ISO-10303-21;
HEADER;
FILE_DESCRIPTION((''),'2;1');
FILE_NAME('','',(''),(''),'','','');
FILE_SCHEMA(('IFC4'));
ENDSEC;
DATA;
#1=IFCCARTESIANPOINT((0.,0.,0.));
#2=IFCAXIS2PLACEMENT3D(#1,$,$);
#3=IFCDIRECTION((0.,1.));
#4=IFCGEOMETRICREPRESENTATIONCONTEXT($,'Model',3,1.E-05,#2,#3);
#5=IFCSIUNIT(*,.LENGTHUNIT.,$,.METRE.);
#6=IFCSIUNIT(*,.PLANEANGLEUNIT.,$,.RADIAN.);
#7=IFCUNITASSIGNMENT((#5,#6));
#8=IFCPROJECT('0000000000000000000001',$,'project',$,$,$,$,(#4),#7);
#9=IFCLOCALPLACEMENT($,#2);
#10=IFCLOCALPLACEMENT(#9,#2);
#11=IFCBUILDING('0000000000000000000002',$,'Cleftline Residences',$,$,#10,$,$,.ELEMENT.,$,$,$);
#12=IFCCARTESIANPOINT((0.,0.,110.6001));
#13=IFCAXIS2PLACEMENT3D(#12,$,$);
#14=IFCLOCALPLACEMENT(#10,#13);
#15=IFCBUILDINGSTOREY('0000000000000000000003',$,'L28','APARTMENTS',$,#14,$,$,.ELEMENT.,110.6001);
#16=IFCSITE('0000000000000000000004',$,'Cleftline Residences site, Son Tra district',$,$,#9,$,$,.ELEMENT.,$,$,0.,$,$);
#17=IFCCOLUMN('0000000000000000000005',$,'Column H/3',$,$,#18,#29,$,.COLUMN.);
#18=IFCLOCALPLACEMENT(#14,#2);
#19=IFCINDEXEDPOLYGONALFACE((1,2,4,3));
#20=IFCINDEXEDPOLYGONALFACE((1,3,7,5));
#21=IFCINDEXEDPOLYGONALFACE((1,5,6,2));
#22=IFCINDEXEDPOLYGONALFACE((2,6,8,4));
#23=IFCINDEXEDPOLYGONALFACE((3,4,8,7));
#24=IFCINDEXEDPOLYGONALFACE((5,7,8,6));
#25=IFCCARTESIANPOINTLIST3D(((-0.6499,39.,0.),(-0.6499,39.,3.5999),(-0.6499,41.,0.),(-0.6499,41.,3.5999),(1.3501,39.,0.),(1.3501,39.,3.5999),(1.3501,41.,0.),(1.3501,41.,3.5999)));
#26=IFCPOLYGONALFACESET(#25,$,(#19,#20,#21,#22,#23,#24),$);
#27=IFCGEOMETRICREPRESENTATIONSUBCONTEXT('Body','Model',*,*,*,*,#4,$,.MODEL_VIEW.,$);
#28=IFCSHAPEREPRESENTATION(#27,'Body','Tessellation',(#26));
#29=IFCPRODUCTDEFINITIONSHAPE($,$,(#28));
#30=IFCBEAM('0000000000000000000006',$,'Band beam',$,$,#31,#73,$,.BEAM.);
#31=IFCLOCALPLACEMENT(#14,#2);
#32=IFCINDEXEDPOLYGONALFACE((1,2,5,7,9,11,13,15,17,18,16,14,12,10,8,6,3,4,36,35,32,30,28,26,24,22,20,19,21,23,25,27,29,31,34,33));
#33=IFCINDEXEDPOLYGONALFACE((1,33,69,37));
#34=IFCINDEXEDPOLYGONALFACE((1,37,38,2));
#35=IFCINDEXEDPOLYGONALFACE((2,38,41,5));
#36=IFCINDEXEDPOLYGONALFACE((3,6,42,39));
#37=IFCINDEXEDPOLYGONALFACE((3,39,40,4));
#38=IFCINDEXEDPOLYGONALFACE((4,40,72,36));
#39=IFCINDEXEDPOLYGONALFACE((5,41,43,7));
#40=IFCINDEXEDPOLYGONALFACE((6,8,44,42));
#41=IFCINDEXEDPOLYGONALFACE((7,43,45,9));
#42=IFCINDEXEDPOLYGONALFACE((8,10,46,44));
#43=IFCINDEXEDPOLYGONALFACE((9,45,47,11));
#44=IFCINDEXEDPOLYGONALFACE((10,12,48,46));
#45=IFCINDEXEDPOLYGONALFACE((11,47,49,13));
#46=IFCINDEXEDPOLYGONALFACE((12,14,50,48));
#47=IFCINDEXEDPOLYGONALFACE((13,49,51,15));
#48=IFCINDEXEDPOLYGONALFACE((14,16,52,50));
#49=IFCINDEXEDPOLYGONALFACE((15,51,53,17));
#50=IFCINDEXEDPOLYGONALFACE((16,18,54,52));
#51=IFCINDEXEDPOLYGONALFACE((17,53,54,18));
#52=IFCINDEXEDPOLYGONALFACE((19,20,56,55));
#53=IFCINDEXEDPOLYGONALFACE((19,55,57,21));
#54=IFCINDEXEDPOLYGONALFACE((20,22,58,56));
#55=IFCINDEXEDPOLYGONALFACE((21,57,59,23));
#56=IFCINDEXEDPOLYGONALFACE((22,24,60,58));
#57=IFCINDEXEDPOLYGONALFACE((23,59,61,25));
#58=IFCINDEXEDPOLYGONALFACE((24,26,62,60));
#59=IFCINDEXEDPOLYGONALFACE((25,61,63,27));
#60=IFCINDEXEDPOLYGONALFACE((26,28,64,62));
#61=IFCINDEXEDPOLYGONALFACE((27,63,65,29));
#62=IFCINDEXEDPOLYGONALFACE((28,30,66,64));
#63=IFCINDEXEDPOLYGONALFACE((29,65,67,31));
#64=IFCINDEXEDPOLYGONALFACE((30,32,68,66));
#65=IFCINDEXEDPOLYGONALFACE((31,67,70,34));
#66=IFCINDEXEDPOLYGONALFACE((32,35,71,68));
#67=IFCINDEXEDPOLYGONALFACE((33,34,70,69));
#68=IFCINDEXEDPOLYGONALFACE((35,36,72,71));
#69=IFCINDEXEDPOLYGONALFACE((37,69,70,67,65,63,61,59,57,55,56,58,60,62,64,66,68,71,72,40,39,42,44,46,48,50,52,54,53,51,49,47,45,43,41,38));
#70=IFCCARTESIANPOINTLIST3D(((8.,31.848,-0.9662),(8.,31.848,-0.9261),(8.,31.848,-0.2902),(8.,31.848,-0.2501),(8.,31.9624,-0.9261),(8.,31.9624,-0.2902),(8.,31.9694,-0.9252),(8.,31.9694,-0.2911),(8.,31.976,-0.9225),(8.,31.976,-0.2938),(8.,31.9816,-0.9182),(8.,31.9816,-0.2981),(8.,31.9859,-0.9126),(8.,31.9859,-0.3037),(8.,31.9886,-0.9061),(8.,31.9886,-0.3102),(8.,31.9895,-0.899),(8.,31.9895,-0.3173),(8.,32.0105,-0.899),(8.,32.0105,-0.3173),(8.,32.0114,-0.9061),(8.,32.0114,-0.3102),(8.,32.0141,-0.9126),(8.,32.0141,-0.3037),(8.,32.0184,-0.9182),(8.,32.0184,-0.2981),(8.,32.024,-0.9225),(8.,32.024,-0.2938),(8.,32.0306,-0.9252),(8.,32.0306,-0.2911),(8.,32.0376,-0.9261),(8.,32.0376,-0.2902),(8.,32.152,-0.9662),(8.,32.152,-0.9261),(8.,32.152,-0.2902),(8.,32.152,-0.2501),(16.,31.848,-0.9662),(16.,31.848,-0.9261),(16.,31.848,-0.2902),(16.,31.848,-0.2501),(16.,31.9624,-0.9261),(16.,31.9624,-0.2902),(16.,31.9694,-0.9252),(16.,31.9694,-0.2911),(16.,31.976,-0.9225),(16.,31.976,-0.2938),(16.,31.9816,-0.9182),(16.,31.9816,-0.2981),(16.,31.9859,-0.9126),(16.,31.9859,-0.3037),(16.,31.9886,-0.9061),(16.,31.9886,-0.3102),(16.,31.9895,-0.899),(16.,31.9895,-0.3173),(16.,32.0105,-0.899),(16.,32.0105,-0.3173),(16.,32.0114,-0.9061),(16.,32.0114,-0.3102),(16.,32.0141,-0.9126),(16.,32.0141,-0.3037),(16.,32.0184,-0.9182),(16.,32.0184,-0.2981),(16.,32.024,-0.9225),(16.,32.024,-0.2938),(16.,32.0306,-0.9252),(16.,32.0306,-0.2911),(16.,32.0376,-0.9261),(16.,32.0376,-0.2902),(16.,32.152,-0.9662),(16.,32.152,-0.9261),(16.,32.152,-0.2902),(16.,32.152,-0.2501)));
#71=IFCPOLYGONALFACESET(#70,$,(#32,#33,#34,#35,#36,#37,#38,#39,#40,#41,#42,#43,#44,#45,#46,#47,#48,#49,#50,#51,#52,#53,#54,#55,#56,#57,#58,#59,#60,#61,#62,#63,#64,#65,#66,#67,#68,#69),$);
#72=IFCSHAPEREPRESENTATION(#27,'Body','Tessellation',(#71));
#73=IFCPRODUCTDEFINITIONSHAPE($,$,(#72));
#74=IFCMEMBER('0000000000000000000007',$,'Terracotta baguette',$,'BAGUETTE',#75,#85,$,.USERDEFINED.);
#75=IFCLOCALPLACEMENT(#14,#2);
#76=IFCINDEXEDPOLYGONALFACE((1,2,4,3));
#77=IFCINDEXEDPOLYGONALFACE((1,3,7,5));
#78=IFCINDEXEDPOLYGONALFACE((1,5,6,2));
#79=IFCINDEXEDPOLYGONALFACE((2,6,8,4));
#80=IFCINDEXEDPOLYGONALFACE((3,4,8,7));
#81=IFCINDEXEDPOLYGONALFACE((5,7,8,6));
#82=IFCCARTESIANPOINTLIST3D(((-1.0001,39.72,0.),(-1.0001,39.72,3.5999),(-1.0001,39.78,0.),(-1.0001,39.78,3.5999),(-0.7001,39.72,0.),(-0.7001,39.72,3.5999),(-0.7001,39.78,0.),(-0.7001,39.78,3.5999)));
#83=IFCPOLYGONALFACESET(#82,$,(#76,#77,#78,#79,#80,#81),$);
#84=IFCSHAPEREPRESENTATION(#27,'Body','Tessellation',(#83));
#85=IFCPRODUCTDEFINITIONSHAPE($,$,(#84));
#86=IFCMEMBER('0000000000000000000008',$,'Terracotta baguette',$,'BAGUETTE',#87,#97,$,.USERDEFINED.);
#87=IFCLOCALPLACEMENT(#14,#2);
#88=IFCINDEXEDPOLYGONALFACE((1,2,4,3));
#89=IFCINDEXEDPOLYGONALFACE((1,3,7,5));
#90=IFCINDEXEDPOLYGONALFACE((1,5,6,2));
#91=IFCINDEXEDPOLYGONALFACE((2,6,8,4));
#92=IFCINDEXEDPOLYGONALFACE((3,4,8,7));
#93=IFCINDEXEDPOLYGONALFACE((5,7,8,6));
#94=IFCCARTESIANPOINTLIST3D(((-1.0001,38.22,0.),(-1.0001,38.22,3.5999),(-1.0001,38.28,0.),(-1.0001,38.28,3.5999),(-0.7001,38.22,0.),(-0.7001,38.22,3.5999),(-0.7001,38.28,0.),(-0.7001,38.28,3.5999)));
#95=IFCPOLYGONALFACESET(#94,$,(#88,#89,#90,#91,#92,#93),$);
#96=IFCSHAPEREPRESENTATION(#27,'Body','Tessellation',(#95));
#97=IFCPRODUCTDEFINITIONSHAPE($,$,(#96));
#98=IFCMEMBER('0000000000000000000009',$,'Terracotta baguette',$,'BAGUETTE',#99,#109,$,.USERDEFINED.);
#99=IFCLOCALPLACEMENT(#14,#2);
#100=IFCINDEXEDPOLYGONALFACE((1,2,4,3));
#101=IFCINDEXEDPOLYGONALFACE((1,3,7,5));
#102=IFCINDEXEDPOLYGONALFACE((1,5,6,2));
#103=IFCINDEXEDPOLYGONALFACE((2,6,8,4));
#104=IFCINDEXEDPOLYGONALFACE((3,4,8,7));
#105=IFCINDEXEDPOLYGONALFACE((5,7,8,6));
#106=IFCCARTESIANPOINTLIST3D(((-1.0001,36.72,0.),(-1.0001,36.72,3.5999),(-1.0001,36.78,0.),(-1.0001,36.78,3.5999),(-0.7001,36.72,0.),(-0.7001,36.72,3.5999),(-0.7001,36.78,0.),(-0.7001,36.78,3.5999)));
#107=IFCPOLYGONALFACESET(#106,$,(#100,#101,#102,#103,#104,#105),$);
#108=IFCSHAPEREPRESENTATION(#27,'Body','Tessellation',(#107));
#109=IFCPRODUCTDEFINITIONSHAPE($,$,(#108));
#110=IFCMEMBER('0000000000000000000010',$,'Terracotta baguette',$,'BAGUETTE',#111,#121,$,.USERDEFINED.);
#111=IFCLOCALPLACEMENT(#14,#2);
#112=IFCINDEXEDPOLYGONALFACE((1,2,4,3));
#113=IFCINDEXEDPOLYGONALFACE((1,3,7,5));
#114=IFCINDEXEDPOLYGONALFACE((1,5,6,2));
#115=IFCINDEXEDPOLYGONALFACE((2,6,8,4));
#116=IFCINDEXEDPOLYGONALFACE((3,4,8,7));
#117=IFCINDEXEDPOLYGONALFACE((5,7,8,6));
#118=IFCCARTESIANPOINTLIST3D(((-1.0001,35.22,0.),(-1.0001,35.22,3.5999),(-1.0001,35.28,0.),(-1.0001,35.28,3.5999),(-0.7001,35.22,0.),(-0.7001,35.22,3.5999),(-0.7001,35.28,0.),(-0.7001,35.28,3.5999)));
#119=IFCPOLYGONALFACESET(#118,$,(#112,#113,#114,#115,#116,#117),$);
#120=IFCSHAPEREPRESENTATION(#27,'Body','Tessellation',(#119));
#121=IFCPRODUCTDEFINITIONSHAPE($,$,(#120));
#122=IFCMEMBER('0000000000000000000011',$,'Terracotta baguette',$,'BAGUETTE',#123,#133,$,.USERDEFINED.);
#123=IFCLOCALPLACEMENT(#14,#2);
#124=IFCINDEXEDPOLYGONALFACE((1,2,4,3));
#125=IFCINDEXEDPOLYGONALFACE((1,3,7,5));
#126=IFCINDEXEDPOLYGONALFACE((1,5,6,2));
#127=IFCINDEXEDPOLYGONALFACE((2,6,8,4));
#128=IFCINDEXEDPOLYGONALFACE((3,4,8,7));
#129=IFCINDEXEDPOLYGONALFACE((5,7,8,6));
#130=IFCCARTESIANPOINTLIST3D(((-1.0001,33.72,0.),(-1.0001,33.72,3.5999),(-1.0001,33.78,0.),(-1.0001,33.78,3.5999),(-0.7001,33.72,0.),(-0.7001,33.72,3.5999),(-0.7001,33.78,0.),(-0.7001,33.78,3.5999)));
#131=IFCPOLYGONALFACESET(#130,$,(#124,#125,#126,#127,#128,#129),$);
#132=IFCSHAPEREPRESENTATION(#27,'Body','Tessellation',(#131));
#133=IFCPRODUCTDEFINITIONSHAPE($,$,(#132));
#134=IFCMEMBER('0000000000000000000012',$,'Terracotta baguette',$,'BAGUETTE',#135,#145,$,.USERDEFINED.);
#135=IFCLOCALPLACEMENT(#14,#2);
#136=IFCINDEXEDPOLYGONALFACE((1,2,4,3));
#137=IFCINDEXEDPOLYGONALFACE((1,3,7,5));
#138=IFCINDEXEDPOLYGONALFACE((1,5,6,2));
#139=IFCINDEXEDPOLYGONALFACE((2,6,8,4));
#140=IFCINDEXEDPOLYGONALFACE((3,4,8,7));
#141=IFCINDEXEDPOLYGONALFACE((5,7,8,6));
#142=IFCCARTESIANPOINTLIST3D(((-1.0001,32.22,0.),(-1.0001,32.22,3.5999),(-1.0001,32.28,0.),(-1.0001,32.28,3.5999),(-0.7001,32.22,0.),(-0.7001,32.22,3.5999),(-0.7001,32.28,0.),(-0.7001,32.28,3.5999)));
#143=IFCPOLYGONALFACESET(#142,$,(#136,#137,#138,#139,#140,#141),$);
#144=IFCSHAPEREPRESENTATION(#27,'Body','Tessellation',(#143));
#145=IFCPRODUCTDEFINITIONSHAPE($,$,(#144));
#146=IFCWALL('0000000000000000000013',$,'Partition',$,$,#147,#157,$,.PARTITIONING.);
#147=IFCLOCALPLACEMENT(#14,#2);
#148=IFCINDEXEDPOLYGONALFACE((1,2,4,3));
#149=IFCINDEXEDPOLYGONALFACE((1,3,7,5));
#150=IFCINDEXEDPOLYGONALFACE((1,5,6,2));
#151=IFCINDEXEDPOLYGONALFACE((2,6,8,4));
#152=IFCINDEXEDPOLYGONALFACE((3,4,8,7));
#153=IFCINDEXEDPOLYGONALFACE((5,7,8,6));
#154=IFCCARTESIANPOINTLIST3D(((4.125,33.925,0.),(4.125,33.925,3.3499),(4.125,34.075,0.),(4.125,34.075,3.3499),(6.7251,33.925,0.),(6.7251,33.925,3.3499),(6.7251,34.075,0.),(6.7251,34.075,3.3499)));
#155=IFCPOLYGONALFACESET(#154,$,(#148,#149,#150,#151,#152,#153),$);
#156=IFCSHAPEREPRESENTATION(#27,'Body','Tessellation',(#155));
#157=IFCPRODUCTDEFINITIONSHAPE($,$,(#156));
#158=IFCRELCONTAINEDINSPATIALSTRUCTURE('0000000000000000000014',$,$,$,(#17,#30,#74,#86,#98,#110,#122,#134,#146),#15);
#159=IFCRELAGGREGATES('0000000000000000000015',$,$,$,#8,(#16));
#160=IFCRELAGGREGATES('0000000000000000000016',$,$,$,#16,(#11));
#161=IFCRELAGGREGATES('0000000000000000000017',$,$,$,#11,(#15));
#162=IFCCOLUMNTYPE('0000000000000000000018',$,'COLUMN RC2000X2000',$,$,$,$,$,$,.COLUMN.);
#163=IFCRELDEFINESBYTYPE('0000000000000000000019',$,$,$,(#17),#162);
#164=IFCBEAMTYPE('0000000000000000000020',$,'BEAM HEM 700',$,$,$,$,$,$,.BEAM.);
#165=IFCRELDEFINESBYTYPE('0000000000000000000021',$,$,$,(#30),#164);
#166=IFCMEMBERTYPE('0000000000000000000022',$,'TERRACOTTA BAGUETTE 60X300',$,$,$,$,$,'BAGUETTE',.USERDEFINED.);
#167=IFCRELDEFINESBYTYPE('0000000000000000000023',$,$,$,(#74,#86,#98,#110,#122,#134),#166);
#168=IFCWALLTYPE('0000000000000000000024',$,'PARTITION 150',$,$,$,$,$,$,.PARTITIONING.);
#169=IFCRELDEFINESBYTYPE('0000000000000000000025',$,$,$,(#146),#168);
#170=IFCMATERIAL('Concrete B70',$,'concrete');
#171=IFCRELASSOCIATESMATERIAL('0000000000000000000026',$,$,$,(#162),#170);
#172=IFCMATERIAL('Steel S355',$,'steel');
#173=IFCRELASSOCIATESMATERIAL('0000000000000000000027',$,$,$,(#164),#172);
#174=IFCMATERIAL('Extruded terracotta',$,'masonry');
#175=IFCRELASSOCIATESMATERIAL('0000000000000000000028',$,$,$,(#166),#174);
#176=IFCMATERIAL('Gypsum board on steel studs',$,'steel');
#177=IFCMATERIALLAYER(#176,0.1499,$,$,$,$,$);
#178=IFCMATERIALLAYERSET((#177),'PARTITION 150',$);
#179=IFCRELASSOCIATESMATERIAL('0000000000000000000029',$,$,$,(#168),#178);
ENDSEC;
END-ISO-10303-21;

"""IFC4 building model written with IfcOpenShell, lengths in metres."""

from ifc_helpers import new_model, si_unit, direction, frame, frame_2d, origin, origin_2d, place, context, subcontext, project, spatial, rectangle, i_section, extrude, material, layer, layer_set, material_profile, profile_set, type_object, element, save


model = new_model("IFC4")

# Units and contexts
model_context = context("Model", 3, precision=1e-05, world=origin(), true_north=direction((0.0, 1.0)))
body_context = subcontext(model_context, "Body", "Model", "MODEL_VIEW")
ifc_project = project(units=[si_unit("LENGTHUNIT", "METRE"), si_unit("PLANEANGLEUNIT", "RADIAN")], contexts=[model_context])

# Site, building, storey
site_placement = place(None, origin())
site = spatial("IfcSite", under=ifc_project, at=site_placement, Name="Cleftline Residences site, Son Tra district", CompositionType="ELEMENT", RefElevation=0.0)
building_placement = place(site_placement, origin())
building = spatial("IfcBuilding", under=site, at=building_placement, Name="Cleftline Residences", CompositionType="ELEMENT")
storey_placement = place(building_placement, frame((0.0, 0.0, 110.6001)))
storey = spatial("IfcBuildingStorey", under=building, at=storey_placement, Name="L28", Description="APARTMENTS", CompositionType="ELEMENT", Elevation=110.6001)

# Column
ifc_material_1 = material(Name="Concrete B70", Category="concrete")
ifc_material_profile_1 = material_profile(ifc_material_1, rectangle(XDim=2.0, YDim=2.0, at=origin_2d()))
ifc_profile_set_1 = profile_set([ifc_material_profile_1], Name="Concrete B70")
column_type = type_object("IfcColumnType", Name="COLUMN RC2000X2000", PredefinedType="COLUMN", material=ifc_profile_set_1)
column_placement = place(storey_placement, frame((0.3501, 40.0, 0.0), z_axis=(0.0, 0.0, 1.0), x_axis=(1.0, 0.0, 0.0)))
element("IfcColumn", 1, at=column_placement, inside=storey, type_object=column_type, Name="Column H/3", PredefinedType="COLUMN", context=body_context, shape_type="SweptSolid", body=[
    extrude(rectangle(XDim=2.0, YDim=2.0, at=origin_2d()), origin(), (0.0, 0.0, 1.0), 3.5999),
])

# Beam
ifc_material_2 = material(Name="Steel S355", Category="steel")
ifc_material_profile_2 = material_profile(ifc_material_2, i_section(OverallWidth=0.304, OverallDepth=0.7161, WebThickness=0.021, FlangeThickness=0.04, FilletRadius=0.0271, at=origin_2d()))
ifc_profile_set_2 = profile_set([ifc_material_profile_2], Name="Steel S355")
beam_type = type_object("IfcBeamType", Name="BEAM HEM 700", PredefinedType="BEAM", material=ifc_profile_set_2)
beam_placement = place(storey_placement, frame((8.0, 32.0, -0.6082), z_axis=(1.0, 0.0, 0.0), x_axis=(0.0, 1.0, 0.0)))
element("IfcBeam", 2, at=beam_placement, inside=storey, type_object=beam_type, Name="Band beam", PredefinedType="BEAM", context=body_context, shape_type="SweptSolid", body=[
    extrude(i_section(OverallWidth=0.304, OverallDepth=0.7161, WebThickness=0.021, FlangeThickness=0.04, FilletRadius=0.0271, at=origin_2d()), origin(), (0.0, 0.0, 1.0), 8.0),
])

# Members
ifc_material_3 = material(Name="Extruded terracotta", Category="masonry")
ifc_material_profile_3 = material_profile(ifc_material_3, rectangle(XDim=0.0601, YDim=0.3, at=origin_2d()))
ifc_profile_set_3 = profile_set([ifc_material_profile_3], Name="Extruded terracotta")
member_type = type_object("IfcMemberType", Name="TERRACOTTA BAGUETTE 60X300", ElementType="BAGUETTE", PredefinedType="USERDEFINED", material=ifc_profile_set_3)
for number, where, z_axis, x_axis, name in (
    (3, (-0.8501, 39.75, 0.0), (0.0, 0.0, 1.0), (0.0, 1.0, 0.0), "Terracotta baguette"),
    (4, (-0.8501, 38.25, 0.0), (0.0, 0.0, 1.0), (0.0, 1.0, 0.0), "Terracotta baguette"),
    (5, (-0.8501, 36.75, 0.0), (0.0, 0.0, 1.0), (0.0, 1.0, 0.0), "Terracotta baguette"),
    (6, (-0.8501, 35.25, 0.0), (0.0, 0.0, 1.0), (0.0, 1.0, 0.0), "Terracotta baguette"),
    (7, (-0.8501, 33.75, 0.0), (0.0, 0.0, 1.0), (0.0, 1.0, 0.0), "Terracotta baguette"),
    (8, (-0.8501, 32.25, 0.0), (0.0, 0.0, 1.0), (0.0, 1.0, 0.0), "Terracotta baguette"),
):
    element("IfcMember", number, at=place(storey_placement, frame(where, z_axis=z_axis, x_axis=x_axis)), inside=storey, type_object=member_type, Name=name, ObjectType="BAGUETTE", PredefinedType="USERDEFINED", context=body_context, shape_type="SweptSolid", body=[
        extrude(rectangle(XDim=0.0601, YDim=0.3, at=origin_2d()), origin(), (0.0, 0.0, 1.0), 3.5999),
    ])

# Wall
ifc_material_4 = material(Name="Gypsum board on steel studs", Category="steel")
ifc_layer = layer(ifc_material_4, 0.1499)
ifc_layer_set = layer_set([ifc_layer], Name="PARTITION 150")
wall_type = type_object("IfcWallType", Name="PARTITION 150", PredefinedType="PARTITIONING", material=ifc_layer_set)
wall_1_placement = place(storey_placement, frame((4.125, 34.0, 0.0), z_axis=(0.0, 0.0, 1.0), x_axis=(1.0, 0.0, 0.0)))
element("IfcWall", 9, at=wall_1_placement, inside=storey, type_object=wall_type, Name="Partition", PredefinedType="PARTITIONING", context=body_context, shape_type="SweptSolid", body=[
    extrude(rectangle(XDim=2.6001, YDim=0.1499, at=frame_2d((1.3, 0.0))), origin(), (0.0, 0.0, 1.0), 3.3499),
])

save(model, "model.ifc")
